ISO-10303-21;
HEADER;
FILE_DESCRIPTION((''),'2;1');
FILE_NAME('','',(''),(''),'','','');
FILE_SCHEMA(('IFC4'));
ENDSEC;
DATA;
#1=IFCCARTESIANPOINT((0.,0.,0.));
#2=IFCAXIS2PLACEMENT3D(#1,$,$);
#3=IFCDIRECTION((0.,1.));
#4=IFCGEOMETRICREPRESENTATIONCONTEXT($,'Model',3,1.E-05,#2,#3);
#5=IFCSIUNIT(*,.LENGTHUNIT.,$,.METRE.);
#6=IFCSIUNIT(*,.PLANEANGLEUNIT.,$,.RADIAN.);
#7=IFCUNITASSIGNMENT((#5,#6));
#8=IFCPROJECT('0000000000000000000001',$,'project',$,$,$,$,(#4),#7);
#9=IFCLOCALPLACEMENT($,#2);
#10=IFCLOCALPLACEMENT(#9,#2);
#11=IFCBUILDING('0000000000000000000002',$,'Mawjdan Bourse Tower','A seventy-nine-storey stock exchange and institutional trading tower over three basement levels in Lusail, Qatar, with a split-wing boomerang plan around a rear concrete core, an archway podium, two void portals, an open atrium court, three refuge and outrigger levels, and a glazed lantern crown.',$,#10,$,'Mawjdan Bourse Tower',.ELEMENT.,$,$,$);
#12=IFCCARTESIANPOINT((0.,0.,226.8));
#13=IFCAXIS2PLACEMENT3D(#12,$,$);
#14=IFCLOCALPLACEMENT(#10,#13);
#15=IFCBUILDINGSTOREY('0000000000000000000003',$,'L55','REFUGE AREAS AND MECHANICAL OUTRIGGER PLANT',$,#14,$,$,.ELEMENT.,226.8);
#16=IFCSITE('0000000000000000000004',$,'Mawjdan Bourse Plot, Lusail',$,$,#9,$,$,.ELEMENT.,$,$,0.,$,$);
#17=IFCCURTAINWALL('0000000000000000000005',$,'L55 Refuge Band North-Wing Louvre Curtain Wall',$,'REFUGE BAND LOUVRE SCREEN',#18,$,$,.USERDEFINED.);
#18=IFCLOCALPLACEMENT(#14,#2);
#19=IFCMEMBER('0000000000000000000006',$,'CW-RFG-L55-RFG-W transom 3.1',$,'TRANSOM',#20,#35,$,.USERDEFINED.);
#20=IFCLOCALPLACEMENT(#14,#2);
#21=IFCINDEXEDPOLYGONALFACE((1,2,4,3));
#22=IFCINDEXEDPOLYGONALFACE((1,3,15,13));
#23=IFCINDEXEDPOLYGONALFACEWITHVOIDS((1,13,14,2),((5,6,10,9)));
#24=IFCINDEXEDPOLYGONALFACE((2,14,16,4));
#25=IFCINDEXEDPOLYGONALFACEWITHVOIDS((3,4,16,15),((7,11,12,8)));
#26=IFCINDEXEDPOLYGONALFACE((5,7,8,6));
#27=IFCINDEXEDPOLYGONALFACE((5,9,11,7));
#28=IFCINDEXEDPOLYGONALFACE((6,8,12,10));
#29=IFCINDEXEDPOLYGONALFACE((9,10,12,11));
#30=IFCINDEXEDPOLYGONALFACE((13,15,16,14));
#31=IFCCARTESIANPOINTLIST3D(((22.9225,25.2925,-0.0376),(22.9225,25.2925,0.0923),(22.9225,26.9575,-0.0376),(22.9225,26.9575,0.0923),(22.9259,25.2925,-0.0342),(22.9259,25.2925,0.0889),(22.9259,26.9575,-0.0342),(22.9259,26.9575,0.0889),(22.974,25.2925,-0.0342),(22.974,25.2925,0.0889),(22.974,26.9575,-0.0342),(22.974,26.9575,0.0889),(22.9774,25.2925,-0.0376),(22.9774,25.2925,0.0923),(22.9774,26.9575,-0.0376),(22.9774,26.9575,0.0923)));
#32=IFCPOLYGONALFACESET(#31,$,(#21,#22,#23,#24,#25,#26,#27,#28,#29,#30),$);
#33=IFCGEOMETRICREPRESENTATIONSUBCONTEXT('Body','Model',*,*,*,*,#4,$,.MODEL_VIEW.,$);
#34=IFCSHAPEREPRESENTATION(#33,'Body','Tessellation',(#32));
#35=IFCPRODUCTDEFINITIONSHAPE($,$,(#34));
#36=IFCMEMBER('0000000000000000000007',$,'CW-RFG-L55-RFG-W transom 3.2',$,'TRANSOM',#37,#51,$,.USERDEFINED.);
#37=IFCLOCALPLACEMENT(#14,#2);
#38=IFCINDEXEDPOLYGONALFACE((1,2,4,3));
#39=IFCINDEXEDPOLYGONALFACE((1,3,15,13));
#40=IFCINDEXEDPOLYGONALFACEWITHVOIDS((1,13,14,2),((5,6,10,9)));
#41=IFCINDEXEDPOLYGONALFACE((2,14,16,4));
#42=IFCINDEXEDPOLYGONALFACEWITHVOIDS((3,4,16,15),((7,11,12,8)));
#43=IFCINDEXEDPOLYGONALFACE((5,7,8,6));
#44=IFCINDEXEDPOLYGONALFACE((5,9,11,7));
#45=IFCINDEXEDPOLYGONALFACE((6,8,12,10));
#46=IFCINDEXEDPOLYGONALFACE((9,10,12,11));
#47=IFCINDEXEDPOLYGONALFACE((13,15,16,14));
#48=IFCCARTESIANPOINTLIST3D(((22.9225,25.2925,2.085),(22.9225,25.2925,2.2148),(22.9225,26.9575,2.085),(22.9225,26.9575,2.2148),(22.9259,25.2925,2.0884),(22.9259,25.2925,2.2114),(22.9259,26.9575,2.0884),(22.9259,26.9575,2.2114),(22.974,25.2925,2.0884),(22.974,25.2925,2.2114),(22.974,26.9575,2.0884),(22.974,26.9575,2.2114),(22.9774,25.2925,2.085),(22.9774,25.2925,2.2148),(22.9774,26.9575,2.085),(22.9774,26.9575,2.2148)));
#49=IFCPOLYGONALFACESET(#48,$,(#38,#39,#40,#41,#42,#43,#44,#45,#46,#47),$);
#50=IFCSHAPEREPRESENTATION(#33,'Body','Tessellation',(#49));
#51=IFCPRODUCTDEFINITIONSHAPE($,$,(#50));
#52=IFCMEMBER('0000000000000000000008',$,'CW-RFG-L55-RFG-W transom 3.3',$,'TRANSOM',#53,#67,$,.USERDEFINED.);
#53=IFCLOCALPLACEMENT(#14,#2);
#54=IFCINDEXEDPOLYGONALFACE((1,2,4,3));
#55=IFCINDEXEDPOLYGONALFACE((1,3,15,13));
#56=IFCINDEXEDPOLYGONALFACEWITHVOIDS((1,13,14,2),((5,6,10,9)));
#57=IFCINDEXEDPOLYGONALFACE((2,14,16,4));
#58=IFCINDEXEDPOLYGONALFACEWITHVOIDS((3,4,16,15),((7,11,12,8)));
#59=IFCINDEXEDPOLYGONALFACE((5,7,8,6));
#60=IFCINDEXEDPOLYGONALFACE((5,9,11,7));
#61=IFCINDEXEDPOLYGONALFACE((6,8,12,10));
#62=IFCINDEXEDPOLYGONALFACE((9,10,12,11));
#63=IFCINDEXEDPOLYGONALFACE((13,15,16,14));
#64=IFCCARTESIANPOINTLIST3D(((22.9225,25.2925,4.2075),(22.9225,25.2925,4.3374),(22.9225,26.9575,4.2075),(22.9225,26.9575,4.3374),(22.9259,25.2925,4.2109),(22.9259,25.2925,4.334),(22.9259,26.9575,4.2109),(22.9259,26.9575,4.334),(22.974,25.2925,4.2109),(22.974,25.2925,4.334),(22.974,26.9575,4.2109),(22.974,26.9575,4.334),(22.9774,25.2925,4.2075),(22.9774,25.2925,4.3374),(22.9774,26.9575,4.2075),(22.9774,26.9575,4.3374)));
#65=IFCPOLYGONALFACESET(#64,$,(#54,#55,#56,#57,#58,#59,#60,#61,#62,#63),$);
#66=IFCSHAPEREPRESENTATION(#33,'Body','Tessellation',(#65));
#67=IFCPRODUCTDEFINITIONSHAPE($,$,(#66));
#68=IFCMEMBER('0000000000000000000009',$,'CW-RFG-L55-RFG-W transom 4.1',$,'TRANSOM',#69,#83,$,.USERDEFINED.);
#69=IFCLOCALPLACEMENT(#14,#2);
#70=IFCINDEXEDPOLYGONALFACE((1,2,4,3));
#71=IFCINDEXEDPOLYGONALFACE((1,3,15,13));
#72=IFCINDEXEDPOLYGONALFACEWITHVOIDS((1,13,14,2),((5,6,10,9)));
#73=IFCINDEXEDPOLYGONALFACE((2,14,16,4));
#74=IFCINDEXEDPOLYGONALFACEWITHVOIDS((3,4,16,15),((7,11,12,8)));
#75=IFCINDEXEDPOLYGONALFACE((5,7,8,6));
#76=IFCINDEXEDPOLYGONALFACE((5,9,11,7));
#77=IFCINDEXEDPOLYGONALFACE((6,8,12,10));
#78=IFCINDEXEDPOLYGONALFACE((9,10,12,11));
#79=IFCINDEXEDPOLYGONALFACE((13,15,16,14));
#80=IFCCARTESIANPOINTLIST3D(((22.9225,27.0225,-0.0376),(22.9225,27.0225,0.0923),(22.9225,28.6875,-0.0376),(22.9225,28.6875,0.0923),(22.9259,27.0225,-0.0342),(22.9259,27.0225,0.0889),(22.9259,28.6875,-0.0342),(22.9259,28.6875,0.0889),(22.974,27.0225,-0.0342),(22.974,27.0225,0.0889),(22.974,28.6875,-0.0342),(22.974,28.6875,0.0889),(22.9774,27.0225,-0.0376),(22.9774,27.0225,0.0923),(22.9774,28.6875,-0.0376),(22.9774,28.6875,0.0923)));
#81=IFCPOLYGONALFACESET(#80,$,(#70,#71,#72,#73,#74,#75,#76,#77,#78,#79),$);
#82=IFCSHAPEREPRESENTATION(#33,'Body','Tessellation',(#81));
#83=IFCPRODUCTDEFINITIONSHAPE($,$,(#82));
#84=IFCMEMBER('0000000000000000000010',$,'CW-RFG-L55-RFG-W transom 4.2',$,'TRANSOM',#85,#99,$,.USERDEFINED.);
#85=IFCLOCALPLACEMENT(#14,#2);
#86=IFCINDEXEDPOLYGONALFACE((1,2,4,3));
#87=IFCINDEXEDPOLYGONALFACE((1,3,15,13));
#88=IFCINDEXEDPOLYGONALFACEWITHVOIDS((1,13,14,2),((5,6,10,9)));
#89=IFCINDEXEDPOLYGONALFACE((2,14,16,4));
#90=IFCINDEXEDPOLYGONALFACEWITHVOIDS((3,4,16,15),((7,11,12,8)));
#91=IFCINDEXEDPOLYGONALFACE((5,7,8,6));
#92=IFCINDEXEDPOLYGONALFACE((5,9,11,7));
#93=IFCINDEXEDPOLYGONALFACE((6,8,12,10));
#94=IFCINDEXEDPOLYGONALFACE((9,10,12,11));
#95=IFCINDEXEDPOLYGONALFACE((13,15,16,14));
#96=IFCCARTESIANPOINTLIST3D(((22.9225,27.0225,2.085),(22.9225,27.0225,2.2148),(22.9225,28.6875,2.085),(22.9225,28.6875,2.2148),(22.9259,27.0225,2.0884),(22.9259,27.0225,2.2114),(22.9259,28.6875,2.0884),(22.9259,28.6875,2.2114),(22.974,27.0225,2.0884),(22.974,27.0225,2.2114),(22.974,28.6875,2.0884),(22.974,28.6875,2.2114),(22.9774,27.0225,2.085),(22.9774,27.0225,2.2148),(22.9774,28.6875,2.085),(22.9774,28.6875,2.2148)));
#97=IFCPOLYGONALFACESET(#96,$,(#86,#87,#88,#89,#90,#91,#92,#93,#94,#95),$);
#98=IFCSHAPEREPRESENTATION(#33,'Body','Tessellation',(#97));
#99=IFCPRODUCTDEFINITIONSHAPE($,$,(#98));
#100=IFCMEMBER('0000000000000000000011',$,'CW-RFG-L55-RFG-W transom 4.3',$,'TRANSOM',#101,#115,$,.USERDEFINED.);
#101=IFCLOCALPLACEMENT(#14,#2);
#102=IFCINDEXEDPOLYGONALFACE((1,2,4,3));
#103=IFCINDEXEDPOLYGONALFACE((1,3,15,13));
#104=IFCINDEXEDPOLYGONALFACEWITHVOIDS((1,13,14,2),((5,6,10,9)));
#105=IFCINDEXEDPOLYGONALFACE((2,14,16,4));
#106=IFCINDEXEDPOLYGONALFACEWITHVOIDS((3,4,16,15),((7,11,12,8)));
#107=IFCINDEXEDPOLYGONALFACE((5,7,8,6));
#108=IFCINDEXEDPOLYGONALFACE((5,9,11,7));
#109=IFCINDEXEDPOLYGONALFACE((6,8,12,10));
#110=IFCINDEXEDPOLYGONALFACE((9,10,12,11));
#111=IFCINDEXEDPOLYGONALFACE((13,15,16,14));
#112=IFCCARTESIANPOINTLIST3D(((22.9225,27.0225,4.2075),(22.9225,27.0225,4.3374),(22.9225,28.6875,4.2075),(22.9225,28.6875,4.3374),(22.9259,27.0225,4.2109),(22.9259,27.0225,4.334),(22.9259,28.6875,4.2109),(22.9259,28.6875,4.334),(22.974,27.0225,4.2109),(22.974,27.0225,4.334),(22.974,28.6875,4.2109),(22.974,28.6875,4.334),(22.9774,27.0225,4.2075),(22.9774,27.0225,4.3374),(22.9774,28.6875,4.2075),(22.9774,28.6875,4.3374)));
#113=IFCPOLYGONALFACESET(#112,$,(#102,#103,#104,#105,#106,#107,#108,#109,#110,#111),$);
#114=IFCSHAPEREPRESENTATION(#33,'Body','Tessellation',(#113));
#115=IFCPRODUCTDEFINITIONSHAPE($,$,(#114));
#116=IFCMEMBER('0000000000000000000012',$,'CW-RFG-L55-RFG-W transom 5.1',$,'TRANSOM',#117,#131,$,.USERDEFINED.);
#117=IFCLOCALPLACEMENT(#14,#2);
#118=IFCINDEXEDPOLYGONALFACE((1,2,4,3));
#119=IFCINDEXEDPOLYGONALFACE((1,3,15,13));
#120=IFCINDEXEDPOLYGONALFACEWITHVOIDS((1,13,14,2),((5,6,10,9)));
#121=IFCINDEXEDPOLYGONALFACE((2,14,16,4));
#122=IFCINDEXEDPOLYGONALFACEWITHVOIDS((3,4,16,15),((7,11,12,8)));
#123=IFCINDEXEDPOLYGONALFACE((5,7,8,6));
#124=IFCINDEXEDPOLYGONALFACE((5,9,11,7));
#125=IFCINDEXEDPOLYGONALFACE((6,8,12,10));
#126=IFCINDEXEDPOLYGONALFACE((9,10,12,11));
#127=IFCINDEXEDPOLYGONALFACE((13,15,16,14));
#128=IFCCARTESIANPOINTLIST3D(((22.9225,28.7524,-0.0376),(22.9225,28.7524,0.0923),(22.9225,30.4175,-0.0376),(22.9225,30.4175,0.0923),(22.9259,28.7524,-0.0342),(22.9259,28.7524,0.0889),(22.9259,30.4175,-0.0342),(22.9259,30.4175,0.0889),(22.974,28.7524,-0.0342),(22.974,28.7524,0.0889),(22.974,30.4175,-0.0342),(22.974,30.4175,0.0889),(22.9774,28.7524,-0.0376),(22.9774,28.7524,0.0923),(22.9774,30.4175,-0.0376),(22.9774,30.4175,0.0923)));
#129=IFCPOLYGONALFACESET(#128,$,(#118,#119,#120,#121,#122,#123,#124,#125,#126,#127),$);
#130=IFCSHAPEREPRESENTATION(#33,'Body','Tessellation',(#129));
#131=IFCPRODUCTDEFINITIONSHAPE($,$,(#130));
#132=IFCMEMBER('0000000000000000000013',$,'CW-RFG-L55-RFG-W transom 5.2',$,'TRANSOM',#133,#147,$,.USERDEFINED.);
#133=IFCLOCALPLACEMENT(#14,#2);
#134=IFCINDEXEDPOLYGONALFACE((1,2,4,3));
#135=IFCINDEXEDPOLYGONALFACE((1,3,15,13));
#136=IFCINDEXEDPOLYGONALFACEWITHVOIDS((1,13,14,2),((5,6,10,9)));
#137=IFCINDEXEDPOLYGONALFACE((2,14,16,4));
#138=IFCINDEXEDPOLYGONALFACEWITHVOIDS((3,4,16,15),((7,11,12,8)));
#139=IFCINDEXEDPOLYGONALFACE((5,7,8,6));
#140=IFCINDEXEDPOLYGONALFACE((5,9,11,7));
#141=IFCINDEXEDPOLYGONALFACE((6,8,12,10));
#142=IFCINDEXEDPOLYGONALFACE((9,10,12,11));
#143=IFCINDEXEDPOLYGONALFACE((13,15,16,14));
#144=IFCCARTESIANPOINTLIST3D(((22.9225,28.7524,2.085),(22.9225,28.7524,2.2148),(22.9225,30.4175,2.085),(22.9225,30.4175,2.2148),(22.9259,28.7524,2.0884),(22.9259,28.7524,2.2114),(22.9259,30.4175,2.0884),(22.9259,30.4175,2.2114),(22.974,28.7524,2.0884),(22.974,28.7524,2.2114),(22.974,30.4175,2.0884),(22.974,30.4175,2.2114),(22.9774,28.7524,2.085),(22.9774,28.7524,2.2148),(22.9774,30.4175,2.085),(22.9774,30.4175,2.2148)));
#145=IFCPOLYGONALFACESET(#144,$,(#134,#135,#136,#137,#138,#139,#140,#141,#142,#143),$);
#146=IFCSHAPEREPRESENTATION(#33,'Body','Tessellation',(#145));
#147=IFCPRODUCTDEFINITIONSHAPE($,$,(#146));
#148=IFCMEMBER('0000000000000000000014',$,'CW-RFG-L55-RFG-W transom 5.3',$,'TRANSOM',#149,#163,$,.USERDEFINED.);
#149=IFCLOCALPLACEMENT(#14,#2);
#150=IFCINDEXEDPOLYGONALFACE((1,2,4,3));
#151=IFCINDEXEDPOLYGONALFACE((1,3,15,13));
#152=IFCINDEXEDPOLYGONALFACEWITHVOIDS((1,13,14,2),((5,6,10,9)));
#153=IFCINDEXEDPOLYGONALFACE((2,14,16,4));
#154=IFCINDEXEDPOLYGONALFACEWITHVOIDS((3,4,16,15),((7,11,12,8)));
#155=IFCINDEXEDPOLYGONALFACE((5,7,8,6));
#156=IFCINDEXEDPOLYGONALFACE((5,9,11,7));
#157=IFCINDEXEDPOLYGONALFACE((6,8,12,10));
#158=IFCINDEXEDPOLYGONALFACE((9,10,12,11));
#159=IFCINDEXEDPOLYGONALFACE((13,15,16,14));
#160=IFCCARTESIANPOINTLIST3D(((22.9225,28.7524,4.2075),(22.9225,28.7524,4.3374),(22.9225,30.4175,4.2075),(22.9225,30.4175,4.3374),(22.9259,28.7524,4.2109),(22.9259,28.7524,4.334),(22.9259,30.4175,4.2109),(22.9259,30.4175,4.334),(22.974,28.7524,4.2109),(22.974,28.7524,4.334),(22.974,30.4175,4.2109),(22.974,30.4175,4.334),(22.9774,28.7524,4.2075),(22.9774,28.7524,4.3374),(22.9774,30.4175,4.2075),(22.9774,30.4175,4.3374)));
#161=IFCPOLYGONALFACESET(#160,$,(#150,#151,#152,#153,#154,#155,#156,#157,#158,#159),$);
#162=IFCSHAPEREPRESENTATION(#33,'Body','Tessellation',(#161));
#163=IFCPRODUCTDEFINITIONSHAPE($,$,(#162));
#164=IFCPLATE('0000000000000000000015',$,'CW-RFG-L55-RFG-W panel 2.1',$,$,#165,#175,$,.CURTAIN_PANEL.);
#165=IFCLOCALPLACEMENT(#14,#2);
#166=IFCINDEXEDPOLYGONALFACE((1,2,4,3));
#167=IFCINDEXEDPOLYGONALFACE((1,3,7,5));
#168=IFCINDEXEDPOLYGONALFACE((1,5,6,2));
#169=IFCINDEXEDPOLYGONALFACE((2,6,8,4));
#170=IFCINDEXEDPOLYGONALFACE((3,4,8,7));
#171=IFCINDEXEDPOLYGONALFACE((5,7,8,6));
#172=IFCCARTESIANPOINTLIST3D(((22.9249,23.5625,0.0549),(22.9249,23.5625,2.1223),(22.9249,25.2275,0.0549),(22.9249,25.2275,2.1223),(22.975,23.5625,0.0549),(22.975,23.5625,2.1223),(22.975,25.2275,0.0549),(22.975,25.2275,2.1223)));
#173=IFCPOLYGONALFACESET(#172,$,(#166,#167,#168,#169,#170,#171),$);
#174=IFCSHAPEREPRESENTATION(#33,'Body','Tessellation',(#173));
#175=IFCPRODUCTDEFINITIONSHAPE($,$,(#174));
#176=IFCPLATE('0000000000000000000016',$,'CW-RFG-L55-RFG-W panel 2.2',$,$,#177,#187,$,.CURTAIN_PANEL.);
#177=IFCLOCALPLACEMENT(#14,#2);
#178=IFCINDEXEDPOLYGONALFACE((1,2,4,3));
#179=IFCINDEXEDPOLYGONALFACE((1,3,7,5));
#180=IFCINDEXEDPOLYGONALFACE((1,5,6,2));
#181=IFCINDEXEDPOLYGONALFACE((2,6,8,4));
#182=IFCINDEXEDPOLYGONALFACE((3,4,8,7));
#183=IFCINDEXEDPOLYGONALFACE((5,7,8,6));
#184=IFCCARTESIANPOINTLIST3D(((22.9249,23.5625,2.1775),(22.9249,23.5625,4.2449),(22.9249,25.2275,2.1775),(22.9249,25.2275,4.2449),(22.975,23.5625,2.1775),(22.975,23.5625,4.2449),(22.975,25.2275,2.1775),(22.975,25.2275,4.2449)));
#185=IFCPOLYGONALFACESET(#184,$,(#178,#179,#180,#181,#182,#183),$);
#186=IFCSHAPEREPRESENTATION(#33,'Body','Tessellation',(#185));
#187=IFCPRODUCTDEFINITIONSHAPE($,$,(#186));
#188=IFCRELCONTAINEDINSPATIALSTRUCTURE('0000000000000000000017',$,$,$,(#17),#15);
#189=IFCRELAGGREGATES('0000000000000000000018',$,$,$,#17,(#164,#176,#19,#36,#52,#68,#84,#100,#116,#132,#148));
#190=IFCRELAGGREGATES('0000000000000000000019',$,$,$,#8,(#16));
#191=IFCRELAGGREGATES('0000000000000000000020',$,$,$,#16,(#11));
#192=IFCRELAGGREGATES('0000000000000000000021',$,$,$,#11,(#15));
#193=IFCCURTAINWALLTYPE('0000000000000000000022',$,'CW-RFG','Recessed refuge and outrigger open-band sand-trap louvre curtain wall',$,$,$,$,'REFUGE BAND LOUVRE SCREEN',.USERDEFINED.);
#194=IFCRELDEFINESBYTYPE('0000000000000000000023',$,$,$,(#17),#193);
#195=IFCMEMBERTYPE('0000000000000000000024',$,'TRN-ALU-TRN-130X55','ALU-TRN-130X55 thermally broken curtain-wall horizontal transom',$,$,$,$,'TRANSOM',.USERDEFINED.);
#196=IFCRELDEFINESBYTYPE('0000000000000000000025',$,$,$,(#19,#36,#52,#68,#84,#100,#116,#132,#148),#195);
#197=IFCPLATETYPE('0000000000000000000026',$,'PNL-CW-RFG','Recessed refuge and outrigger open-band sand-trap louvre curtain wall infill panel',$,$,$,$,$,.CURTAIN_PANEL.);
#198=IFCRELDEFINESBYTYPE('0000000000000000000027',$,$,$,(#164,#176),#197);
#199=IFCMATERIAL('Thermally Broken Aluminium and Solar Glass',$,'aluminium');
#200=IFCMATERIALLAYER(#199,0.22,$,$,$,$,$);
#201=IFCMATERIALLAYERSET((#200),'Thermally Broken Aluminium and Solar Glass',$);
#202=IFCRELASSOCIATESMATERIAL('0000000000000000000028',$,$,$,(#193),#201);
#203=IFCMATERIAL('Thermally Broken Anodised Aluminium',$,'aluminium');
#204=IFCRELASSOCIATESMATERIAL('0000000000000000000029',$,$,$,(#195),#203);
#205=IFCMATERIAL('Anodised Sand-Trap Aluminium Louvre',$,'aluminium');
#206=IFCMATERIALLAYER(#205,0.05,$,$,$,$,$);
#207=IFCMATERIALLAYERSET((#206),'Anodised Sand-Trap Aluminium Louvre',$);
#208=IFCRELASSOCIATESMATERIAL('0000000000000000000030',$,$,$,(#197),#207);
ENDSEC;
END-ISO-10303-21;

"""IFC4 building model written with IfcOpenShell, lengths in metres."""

from ifc_helpers import new_model, si_unit, direction, frame, origin, origin_2d, place, context, subcontext, project, spatial, rectangle, hollow_rectangle, extrude, material, layer, layer_set, material_profile, profile_set, type_object, element, aggregate, save


model = new_model("IFC4")

# Units and contexts
model_context = context("Model", 3, precision=1e-05, world=origin(), true_north=direction((0.0, 1.0)))
body_context = subcontext(model_context, "Body", "Model", "MODEL_VIEW")
ifc_project = project(units=[si_unit("LENGTHUNIT", "METRE"), si_unit("PLANEANGLEUNIT", "RADIAN")], contexts=[model_context])

# Site, building, storey
site_placement = place(None, origin())
site = spatial("IfcSite", under=ifc_project, at=site_placement, Name="Mawjdan Bourse Plot, Lusail", CompositionType="ELEMENT", RefElevation=0.0)
building_placement = place(site_placement, origin())
building = spatial("IfcBuilding", under=site, at=building_placement, Name="Mawjdan Bourse Tower", Description="A seventy-nine-storey stock exchange and institutional trading tower over three basement levels in Lusail, Qatar, with a split-wing boomerang plan around a rear concrete core, an archway podium, two void portals, an open atrium court, three refuge and outrigger levels, and a glazed lantern crown.", LongName="Mawjdan Bourse Tower", CompositionType="ELEMENT")
storey_placement = place(building_placement, frame((0.0, 0.0, 226.8)))
storey = spatial("IfcBuildingStorey", under=building, at=storey_placement, Name="L55", Description="REFUGE AREAS AND MECHANICAL OUTRIGGER PLANT", CompositionType="ELEMENT", Elevation=226.8)

# Curtain wall
ifc_material_1 = material(Name="Thermally Broken Aluminium and Solar Glass", Category="aluminium")
ifc_layer_1 = layer(ifc_material_1, 0.22)
ifc_layer_set_1 = layer_set([ifc_layer_1], Name="Thermally Broken Aluminium and Solar Glass")
curtain_wall_type = type_object("IfcCurtainWallType", Name="CW-RFG", Description="Recessed refuge and outrigger open-band sand-trap louvre curtain wall", ElementType="REFUGE BAND LOUVRE SCREEN", PredefinedType="USERDEFINED", material=ifc_layer_set_1)
curtain_wall_placement = place(storey_placement, origin())
curtain_wall = element("IfcCurtainWall", 1, at=curtain_wall_placement, inside=storey, type_object=curtain_wall_type, Name="L55 Refuge Band North-Wing Louvre Curtain Wall", ObjectType="REFUGE BAND LOUVRE SCREEN", PredefinedType="USERDEFINED")
ifc_material_2 = material(Name="Thermally Broken Anodised Aluminium", Category="aluminium")

# Members
ifc_material_profile_1 = material_profile(ifc_material_2, hollow_rectangle(XDim=0.0549, YDim=0.1299, WallThickness=0.0034, at=origin_2d()), Name="ALU-TRN-130X55")
ifc_profile_set_1 = profile_set([ifc_material_profile_1], Name="Thermally Broken Anodised Aluminium")
member_type_1 = type_object("IfcMemberType", Name="TRN-ALU-TRN-130X55", Description="ALU-TRN-130X55 thermally broken curtain-wall horizontal transom", ElementType="TRANSOM", PredefinedType="USERDEFINED", material=ifc_profile_set_1)
member_1_placement = place(storey_placement, frame((22.95, 25.2925, 0.0273), z_axis=(0.0, 1.0, 0.0), x_axis=(-1.0, 0.0, 0.0)))
member_1 = element("IfcMember", 2, at=member_1_placement, type_object=member_type_1, Name="CW-RFG-L55-RFG-W transom 3.1", ObjectType="TRANSOM", PredefinedType="USERDEFINED", context=body_context, shape_type="SweptSolid", body=[
    extrude(hollow_rectangle(XDim=0.0549, YDim=0.1299, WallThickness=0.0034, at=origin_2d()), origin(), (0.0, 0.0, 1.0), 1.665),
])
member_2_placement = place(storey_placement, frame((22.95, 25.2925, 2.1499), z_axis=(0.0, 1.0, 0.0), x_axis=(-1.0, 0.0, 0.0)))
member_2 = element("IfcMember", 3, at=member_2_placement, type_object=member_type_1, Name="CW-RFG-L55-RFG-W transom 3.2", ObjectType="TRANSOM", PredefinedType="USERDEFINED", context=body_context, shape_type="SweptSolid", body=[
    extrude(hollow_rectangle(XDim=0.0549, YDim=0.1299, WallThickness=0.0034, at=origin_2d()), origin(), (0.0, 0.0, 1.0), 1.665),
])
member_3_placement = place(storey_placement, frame((22.95, 25.2925, 4.2725), z_axis=(0.0, 1.0, 0.0), x_axis=(-1.0, 0.0, 0.0)))
member_3 = element("IfcMember", 4, at=member_3_placement, type_object=member_type_1, Name="CW-RFG-L55-RFG-W transom 3.3", ObjectType="TRANSOM", PredefinedType="USERDEFINED", context=body_context, shape_type="SweptSolid", body=[
    extrude(hollow_rectangle(XDim=0.0549, YDim=0.1299, WallThickness=0.0034, at=origin_2d()), origin(), (0.0, 0.0, 1.0), 1.665),
])
member_4_placement = place(storey_placement, frame((22.95, 27.0225, 0.0273), z_axis=(0.0, 1.0, 0.0), x_axis=(-1.0, 0.0, 0.0)))
member_4 = element("IfcMember", 5, at=member_4_placement, type_object=member_type_1, Name="CW-RFG-L55-RFG-W transom 4.1", ObjectType="TRANSOM", PredefinedType="USERDEFINED", context=body_context, shape_type="SweptSolid", body=[
    extrude(hollow_rectangle(XDim=0.0549, YDim=0.1299, WallThickness=0.0034, at=origin_2d()), origin(), (0.0, 0.0, 1.0), 1.665),
])
member_5_placement = place(storey_placement, frame((22.95, 27.0225, 2.1499), z_axis=(0.0, 1.0, 0.0), x_axis=(-1.0, 0.0, 0.0)))
member_5 = element("IfcMember", 6, at=member_5_placement, type_object=member_type_1, Name="CW-RFG-L55-RFG-W transom 4.2", ObjectType="TRANSOM", PredefinedType="USERDEFINED", context=body_context, shape_type="SweptSolid", body=[
    extrude(hollow_rectangle(XDim=0.0549, YDim=0.1299, WallThickness=0.0034, at=origin_2d()), origin(), (0.0, 0.0, 1.0), 1.665),
])
member_6_placement = place(storey_placement, frame((22.95, 27.0225, 4.2725), z_axis=(0.0, 1.0, 0.0), x_axis=(-1.0, 0.0, 0.0)))
member_6 = element("IfcMember", 7, at=member_6_placement, type_object=member_type_1, Name="CW-RFG-L55-RFG-W transom 4.3", ObjectType="TRANSOM", PredefinedType="USERDEFINED", context=body_context, shape_type="SweptSolid", body=[
    extrude(hollow_rectangle(XDim=0.0549, YDim=0.1299, WallThickness=0.0034, at=origin_2d()), origin(), (0.0, 0.0, 1.0), 1.665),
])
member_7_placement = place(storey_placement, frame((22.95, 28.7524, 0.0273), z_axis=(0.0, 1.0, 0.0), x_axis=(-1.0, 0.0, 0.0)))
member_7 = element("IfcMember", 8, at=member_7_placement, type_object=member_type_1, Name="CW-RFG-L55-RFG-W transom 5.1", ObjectType="TRANSOM", PredefinedType="USERDEFINED", context=body_context, shape_type="SweptSolid", body=[
    extrude(hollow_rectangle(XDim=0.0549, YDim=0.1299, WallThickness=0.0034, at=origin_2d()), origin(), (0.0, 0.0, 1.0), 1.665),
])
member_8_placement = place(storey_placement, frame((22.95, 28.7524, 2.1499), z_axis=(0.0, 1.0, 0.0), x_axis=(-1.0, 0.0, 0.0)))
member_8 = element("IfcMember", 9, at=member_8_placement, type_object=member_type_1, Name="CW-RFG-L55-RFG-W transom 5.2", ObjectType="TRANSOM", PredefinedType="USERDEFINED", context=body_context, shape_type="SweptSolid", body=[
    extrude(hollow_rectangle(XDim=0.0549, YDim=0.1299, WallThickness=0.0034, at=origin_2d()), origin(), (0.0, 0.0, 1.0), 1.665),
])
member_9_placement = place(storey_placement, frame((22.95, 28.7524, 4.2725), z_axis=(0.0, 1.0, 0.0), x_axis=(-1.0, 0.0, 0.0)))
member_9 = element("IfcMember", 10, at=member_9_placement, type_object=member_type_1, Name="CW-RFG-L55-RFG-W transom 5.3", ObjectType="TRANSOM", PredefinedType="USERDEFINED", context=body_context, shape_type="SweptSolid", body=[
    extrude(hollow_rectangle(XDim=0.0549, YDim=0.1299, WallThickness=0.0034, at=origin_2d()), origin(), (0.0, 0.0, 1.0), 1.665),
])

# Plates
ifc_material_3 = material(Name="Anodised Sand-Trap Aluminium Louvre", Category="aluminium")
ifc_layer_2 = layer(ifc_material_3, 0.05)
ifc_layer_set_2 = layer_set([ifc_layer_2], Name="Anodised Sand-Trap Aluminium Louvre")
plate_type = type_object("IfcPlateType", Name="PNL-CW-RFG", Description="Recessed refuge and outrigger open-band sand-trap louvre curtain wall infill panel", PredefinedType="CURTAIN_PANEL", material=ifc_layer_set_2)
plate_1_placement = place(storey_placement, frame((22.95, 24.395, 0.0549), z_axis=(0.0, 0.0, 1.0), x_axis=(0.0, 1.0, 0.0)))
plate_1 = element("IfcPlate", 11, at=plate_1_placement, type_object=plate_type, Name="CW-RFG-L55-RFG-W panel 2.1", PredefinedType="CURTAIN_PANEL", context=body_context, shape_type="SweptSolid", body=[
    extrude(rectangle(XDim=1.665, YDim=0.05, at=origin_2d()), origin(), (0.0, 0.0, 1.0), 2.0674),
])
plate_2_placement = place(storey_placement, frame((22.95, 24.395, 2.1775), z_axis=(0.0, 0.0, 1.0), x_axis=(0.0, 1.0, 0.0)))
plate_2 = element("IfcPlate", 12, at=plate_2_placement, type_object=plate_type, Name="CW-RFG-L55-RFG-W panel 2.2", PredefinedType="CURTAIN_PANEL", context=body_context, shape_type="SweptSolid", body=[
    extrude(rectangle(XDim=1.665, YDim=0.05, at=origin_2d()), origin(), (0.0, 0.0, 1.0), 2.0674),
])
aggregate(curtain_wall, [plate_1, plate_2, member_1, member_2, member_3, member_4, member_5, member_6, member_7, member_8, member_9])

save(model, "model.ifc")
